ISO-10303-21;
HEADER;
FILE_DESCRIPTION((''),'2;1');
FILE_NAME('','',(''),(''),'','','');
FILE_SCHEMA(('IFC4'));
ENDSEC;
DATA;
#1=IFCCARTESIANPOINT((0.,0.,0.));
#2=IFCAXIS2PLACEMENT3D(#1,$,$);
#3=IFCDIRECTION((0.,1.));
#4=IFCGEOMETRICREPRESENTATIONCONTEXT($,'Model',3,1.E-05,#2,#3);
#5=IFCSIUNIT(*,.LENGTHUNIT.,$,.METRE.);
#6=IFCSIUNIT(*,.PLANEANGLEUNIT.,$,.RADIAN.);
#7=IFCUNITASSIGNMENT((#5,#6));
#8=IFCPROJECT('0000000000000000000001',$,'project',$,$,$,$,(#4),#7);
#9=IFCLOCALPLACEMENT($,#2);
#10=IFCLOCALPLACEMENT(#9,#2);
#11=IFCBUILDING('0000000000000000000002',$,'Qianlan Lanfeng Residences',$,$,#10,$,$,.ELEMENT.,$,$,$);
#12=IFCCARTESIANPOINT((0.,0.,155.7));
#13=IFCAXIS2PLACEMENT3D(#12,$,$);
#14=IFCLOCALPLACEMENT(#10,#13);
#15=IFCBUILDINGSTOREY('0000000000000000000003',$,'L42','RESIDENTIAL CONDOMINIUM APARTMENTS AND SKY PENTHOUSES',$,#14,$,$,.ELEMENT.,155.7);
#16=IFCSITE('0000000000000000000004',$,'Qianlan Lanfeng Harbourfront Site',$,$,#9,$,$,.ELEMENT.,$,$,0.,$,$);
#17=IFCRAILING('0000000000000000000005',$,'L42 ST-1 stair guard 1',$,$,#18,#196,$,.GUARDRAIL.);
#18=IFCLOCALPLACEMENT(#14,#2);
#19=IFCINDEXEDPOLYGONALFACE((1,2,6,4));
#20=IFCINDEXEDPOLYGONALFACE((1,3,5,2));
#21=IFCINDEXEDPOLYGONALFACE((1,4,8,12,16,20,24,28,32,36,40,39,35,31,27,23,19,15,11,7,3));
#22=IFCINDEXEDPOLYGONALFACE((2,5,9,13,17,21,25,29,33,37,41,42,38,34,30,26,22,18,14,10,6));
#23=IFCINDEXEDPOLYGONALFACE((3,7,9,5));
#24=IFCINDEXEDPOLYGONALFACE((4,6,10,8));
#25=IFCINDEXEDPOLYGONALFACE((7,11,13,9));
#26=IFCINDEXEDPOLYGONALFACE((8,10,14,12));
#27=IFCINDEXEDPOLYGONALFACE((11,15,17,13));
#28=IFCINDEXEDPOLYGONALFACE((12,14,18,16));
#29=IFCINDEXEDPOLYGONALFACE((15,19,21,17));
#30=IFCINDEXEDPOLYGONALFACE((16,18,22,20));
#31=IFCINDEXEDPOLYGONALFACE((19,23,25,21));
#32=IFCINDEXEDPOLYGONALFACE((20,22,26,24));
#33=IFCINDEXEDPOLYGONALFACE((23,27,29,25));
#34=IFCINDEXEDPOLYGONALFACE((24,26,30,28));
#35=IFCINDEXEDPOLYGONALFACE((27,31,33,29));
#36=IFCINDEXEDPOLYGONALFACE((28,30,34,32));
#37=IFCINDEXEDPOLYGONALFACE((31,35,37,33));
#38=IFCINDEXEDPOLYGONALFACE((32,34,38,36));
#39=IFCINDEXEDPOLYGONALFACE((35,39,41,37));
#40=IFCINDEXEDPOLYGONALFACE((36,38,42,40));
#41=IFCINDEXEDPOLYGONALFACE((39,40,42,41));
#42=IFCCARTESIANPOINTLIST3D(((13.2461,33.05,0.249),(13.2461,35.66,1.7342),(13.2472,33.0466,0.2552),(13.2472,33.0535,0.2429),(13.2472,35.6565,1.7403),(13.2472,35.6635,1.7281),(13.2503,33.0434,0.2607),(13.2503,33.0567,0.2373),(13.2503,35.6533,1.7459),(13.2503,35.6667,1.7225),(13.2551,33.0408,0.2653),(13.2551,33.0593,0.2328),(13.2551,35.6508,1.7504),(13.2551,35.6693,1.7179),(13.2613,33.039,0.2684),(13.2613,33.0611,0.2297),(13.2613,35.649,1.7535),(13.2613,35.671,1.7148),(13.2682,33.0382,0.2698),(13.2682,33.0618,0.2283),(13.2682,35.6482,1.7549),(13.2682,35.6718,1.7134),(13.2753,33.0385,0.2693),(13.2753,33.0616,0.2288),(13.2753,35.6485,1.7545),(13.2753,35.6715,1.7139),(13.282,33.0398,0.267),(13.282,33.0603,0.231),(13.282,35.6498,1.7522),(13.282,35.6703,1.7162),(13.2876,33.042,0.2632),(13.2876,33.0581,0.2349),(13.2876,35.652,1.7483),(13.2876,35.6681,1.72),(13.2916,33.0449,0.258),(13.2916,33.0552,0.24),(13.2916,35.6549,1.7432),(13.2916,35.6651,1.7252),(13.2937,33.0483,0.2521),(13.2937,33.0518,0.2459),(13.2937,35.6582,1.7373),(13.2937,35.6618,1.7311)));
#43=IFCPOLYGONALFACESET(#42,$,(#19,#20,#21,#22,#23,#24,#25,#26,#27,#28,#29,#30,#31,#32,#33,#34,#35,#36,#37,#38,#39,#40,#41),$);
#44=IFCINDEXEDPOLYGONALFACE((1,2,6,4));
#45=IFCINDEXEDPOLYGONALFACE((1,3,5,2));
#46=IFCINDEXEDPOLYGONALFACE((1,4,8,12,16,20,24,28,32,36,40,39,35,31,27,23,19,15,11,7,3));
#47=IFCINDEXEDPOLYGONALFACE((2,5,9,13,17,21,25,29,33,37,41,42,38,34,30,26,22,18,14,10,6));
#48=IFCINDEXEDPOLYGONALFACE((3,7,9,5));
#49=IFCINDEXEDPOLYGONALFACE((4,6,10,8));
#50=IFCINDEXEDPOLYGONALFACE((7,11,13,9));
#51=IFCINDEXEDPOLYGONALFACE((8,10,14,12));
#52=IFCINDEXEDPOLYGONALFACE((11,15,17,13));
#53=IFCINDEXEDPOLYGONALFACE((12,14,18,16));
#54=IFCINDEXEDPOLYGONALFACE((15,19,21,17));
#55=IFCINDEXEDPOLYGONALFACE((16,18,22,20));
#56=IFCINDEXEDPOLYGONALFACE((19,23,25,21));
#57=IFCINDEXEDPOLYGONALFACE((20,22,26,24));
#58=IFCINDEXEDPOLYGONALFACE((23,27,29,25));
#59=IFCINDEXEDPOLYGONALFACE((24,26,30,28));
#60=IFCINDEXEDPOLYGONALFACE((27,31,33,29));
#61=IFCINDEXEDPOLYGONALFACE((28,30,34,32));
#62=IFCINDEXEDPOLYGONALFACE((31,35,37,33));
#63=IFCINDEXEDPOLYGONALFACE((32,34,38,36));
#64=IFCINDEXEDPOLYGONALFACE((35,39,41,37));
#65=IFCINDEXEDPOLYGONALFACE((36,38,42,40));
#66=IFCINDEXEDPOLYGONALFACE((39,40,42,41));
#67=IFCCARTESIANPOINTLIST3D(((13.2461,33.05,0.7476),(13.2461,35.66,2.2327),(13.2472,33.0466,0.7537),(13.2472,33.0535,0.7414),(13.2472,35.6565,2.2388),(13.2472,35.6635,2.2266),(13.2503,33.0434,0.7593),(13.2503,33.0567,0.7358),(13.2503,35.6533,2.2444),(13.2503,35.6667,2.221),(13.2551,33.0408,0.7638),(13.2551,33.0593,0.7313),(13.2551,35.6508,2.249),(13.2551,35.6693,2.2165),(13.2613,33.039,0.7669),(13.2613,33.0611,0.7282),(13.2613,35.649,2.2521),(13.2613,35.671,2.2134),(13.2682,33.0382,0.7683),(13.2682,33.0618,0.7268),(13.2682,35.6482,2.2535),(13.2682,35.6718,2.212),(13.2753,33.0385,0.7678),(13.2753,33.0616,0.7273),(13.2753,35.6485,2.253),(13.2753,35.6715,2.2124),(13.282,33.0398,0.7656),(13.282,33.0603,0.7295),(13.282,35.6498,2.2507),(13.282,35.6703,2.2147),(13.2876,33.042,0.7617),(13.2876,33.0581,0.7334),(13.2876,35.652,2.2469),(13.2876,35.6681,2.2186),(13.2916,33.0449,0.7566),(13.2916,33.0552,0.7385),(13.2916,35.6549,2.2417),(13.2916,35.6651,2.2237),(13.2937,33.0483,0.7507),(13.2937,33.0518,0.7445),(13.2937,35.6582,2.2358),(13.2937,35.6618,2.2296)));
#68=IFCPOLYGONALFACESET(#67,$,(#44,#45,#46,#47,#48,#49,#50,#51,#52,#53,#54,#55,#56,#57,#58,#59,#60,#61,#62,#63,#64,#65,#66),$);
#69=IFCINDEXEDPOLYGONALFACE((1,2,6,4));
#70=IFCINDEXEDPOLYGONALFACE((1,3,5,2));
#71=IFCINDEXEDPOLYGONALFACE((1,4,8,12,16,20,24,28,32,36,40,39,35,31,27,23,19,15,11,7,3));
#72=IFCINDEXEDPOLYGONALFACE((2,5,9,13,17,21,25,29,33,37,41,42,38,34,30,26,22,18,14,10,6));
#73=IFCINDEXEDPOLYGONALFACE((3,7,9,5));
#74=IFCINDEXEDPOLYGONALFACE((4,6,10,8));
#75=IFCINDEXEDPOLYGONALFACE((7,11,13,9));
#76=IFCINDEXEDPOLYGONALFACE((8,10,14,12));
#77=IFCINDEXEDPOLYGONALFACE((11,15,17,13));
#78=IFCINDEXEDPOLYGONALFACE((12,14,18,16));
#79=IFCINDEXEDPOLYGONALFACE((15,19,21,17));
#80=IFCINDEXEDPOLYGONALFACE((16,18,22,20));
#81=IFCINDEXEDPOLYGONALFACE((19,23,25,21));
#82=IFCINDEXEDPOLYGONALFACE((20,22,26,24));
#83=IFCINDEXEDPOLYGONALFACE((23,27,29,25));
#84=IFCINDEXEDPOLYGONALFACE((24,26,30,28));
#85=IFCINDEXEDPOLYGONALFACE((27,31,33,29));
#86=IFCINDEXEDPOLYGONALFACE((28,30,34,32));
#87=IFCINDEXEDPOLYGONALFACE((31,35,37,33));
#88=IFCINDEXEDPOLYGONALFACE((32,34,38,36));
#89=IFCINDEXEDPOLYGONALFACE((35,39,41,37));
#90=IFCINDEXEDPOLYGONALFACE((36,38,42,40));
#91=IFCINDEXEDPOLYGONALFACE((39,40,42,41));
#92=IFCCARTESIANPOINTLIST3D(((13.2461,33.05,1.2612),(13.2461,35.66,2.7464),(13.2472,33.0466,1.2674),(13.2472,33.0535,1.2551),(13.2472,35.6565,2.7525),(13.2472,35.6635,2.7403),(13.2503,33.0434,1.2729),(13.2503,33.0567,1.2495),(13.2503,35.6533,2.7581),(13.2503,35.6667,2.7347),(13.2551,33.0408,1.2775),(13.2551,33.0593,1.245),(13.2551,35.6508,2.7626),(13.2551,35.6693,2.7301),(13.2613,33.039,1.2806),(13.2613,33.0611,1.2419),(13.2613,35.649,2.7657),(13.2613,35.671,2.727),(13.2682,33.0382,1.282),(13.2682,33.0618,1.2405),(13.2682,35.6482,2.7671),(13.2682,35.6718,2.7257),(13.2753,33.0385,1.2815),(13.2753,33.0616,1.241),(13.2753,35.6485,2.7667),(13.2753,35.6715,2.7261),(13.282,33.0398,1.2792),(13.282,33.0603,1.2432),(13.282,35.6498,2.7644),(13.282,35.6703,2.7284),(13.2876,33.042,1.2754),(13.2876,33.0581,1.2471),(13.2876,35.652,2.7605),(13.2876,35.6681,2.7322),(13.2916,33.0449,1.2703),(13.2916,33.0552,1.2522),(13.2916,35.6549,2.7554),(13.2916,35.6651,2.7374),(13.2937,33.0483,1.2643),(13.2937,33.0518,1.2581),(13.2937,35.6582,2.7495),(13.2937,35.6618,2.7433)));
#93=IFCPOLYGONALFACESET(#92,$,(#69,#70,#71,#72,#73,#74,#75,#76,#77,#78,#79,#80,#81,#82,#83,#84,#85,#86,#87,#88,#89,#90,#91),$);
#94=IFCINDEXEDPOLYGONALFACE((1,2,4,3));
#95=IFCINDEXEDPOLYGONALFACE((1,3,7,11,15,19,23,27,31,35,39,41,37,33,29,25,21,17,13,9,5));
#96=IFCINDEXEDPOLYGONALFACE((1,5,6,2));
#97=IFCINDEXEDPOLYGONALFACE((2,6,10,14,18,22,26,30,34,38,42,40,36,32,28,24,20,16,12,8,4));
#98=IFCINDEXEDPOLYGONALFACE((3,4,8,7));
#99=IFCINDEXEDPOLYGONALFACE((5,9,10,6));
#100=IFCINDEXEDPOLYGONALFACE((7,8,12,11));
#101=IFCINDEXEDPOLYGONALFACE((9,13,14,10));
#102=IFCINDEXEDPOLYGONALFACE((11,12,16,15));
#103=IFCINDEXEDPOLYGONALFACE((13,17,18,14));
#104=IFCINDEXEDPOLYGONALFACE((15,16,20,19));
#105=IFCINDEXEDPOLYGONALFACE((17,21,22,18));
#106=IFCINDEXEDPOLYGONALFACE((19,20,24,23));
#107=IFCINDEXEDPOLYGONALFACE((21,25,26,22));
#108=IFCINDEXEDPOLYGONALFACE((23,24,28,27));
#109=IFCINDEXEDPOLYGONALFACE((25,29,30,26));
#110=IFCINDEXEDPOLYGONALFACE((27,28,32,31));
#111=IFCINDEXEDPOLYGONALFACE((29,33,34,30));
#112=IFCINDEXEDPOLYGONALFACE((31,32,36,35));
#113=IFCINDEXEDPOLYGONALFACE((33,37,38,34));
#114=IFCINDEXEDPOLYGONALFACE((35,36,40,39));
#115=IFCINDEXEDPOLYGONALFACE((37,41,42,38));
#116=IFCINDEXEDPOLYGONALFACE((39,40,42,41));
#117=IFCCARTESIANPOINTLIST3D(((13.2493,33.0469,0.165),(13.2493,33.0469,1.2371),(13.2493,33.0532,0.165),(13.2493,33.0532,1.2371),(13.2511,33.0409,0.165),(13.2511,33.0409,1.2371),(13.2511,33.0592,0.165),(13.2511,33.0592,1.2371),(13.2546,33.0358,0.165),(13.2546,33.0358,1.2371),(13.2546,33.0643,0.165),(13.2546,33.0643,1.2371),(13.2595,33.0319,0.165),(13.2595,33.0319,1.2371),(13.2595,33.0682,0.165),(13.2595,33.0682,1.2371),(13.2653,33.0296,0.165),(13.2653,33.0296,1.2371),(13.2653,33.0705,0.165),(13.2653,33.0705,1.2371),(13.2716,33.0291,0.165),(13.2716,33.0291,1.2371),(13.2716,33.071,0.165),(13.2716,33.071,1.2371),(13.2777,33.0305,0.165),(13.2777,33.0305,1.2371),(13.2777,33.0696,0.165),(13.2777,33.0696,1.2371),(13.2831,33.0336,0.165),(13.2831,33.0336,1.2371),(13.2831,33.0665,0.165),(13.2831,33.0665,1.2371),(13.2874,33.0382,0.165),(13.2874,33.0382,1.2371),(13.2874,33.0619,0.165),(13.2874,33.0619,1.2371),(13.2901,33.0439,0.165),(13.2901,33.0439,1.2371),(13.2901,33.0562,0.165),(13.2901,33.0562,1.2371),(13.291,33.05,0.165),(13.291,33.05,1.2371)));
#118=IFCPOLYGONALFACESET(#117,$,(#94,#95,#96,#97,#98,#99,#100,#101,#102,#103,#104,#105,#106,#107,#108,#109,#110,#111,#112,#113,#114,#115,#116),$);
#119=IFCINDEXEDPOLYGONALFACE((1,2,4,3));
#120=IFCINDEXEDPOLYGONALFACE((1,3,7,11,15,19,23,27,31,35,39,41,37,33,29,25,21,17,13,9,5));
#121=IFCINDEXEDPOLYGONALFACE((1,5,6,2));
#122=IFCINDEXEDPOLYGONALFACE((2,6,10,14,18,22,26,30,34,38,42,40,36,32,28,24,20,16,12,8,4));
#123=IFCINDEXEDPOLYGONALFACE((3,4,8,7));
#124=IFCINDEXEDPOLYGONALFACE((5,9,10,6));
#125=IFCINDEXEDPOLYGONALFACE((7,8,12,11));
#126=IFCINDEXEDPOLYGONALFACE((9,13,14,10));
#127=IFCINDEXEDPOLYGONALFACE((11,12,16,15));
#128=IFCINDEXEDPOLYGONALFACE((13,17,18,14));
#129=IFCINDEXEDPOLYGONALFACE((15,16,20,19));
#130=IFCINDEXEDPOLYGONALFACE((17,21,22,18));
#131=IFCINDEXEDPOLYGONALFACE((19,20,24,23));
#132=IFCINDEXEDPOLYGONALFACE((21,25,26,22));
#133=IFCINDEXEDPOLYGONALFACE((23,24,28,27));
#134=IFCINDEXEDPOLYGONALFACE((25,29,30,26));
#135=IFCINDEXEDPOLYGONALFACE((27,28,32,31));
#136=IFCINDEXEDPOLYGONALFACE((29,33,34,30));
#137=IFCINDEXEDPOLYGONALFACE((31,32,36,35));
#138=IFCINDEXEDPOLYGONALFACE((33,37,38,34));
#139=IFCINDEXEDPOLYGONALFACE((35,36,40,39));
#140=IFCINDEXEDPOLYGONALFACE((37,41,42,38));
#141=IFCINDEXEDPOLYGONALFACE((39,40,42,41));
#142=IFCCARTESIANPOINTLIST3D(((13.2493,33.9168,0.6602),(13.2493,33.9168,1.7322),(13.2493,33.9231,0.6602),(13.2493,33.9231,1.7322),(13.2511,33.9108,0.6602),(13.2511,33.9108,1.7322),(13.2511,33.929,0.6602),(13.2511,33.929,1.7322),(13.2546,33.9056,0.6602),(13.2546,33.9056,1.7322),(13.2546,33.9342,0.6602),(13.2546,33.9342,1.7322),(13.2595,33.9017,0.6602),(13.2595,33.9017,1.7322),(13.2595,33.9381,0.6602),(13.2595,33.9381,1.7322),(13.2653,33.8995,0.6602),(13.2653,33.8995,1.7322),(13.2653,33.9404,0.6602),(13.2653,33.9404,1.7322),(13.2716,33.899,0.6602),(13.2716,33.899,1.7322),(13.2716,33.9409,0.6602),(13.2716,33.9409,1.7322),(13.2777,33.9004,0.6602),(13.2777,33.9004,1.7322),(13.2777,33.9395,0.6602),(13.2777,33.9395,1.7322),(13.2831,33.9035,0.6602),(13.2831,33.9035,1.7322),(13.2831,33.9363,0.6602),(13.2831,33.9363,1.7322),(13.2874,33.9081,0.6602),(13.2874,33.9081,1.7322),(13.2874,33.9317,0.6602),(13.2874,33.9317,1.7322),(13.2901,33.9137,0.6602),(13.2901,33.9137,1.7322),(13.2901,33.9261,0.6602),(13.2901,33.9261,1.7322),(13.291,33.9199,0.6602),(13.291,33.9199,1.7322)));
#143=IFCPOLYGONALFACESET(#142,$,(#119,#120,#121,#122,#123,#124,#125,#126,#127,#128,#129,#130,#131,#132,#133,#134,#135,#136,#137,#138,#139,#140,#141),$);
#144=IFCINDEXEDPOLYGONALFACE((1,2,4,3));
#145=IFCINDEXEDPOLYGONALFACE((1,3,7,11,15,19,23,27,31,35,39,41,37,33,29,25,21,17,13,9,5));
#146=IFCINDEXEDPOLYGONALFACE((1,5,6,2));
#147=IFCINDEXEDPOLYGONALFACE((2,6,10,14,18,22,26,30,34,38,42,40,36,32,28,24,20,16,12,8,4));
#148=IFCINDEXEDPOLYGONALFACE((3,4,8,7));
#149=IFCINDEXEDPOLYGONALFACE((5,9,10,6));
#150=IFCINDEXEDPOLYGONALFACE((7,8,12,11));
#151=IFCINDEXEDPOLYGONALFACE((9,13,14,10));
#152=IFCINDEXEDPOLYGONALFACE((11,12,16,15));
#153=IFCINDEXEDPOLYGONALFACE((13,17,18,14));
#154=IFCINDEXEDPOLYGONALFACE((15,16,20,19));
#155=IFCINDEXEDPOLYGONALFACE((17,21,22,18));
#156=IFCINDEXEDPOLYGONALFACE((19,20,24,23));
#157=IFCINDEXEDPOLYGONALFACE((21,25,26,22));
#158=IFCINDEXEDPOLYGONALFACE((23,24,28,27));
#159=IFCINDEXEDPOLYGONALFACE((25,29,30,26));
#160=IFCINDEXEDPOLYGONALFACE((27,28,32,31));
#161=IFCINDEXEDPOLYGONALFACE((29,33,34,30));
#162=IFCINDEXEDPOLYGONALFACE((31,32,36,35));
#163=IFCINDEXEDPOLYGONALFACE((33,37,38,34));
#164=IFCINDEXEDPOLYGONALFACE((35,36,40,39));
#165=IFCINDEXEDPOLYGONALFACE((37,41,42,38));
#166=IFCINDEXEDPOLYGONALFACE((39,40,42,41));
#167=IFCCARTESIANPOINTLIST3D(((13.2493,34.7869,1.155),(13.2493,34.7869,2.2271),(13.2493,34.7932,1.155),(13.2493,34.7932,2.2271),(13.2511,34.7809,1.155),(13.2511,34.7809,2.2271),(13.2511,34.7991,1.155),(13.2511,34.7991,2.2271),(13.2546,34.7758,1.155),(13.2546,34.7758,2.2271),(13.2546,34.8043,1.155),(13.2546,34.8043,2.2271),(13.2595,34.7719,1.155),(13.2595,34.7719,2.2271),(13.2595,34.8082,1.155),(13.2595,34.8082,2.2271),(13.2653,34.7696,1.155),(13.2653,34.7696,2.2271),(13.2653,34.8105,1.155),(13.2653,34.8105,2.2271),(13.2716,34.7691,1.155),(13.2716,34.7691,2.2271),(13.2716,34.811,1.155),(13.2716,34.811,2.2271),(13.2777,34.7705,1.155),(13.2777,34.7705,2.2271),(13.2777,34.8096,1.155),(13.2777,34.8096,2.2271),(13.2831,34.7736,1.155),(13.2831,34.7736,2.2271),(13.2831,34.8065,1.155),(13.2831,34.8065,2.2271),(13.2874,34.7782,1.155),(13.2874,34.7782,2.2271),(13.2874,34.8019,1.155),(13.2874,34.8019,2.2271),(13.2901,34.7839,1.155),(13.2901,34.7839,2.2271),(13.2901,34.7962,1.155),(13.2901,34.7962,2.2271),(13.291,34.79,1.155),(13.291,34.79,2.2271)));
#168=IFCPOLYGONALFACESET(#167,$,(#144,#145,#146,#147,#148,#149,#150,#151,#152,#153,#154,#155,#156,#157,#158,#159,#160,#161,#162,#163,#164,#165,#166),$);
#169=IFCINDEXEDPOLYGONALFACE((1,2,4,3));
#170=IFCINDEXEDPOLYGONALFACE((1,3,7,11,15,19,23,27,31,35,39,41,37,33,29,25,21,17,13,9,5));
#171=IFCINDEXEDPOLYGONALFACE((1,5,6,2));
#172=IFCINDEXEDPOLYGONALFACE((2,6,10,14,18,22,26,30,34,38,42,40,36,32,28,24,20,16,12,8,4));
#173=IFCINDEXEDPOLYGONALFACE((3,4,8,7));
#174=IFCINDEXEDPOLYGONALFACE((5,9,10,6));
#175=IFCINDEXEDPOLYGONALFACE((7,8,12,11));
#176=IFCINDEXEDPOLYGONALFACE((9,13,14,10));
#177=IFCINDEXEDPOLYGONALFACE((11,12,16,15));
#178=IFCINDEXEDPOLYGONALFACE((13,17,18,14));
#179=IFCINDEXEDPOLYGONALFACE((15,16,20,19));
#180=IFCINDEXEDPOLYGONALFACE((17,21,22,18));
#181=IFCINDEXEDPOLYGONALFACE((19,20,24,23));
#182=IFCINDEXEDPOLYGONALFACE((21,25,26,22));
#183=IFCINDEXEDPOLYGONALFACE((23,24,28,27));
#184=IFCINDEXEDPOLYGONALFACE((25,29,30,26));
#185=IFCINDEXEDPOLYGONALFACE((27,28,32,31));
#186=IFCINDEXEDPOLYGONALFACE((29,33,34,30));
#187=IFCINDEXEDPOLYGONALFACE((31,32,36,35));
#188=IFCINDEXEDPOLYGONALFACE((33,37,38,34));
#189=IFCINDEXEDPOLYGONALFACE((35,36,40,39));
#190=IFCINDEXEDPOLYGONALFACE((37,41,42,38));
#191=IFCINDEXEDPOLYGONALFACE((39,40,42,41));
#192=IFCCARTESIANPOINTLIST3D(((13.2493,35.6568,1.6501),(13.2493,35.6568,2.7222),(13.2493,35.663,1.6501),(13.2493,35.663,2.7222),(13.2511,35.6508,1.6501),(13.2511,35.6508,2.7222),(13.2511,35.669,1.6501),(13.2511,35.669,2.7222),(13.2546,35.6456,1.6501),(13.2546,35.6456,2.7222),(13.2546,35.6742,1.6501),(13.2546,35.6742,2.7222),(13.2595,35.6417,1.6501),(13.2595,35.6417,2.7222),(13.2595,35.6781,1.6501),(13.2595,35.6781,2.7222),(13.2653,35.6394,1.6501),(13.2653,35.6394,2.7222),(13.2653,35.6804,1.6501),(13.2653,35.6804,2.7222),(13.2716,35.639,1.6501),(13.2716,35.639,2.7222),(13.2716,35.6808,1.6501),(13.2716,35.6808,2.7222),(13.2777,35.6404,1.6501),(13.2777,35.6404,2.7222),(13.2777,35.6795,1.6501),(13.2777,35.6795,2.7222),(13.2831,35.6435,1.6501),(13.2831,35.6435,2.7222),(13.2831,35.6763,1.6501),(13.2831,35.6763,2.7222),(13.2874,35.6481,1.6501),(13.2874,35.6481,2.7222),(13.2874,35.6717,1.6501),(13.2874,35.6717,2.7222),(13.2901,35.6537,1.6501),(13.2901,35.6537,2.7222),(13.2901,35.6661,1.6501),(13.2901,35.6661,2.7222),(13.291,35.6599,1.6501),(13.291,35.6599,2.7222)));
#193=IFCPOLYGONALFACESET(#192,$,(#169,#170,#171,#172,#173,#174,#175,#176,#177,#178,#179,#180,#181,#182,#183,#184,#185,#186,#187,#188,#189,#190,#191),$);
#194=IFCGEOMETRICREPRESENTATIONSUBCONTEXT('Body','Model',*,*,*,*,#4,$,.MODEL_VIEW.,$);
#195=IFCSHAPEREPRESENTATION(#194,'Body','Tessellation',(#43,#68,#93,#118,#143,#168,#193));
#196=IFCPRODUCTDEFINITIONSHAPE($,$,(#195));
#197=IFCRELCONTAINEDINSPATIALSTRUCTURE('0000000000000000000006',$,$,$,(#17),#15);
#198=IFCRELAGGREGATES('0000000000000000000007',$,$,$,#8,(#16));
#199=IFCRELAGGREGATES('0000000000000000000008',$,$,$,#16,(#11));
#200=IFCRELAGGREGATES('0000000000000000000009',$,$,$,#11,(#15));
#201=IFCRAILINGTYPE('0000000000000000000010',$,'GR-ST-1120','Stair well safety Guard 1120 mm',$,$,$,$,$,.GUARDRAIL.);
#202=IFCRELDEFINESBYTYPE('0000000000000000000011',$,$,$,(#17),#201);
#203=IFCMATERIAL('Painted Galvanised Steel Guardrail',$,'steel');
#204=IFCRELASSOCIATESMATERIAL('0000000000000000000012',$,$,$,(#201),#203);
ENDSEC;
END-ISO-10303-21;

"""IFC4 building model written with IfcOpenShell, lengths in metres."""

from ifc_helpers import new_model, si_unit, direction, frame, origin, origin_2d, place, context, subcontext, project, spatial, circle, extrude, material, type_object, element, save


model = new_model("IFC4")

# Units and contexts
model_context = context("Model", 3, precision=1e-05, world=origin(), true_north=direction((0.0, 1.0)))
body_context = subcontext(model_context, "Body", "Model", "MODEL_VIEW")
ifc_project = project(units=[si_unit("LENGTHUNIT", "METRE"), si_unit("PLANEANGLEUNIT", "RADIAN")], contexts=[model_context])

# Site, building, storey
site_placement = place(None, origin())
site = spatial("IfcSite", under=ifc_project, at=site_placement, Name="Qianlan Lanfeng Harbourfront Site", CompositionType="ELEMENT", RefElevation=0.0)
building_placement = place(site_placement, origin())
building = spatial("IfcBuilding", under=site, at=building_placement, Name="Qianlan Lanfeng Residences", CompositionType="ELEMENT")
storey_placement = place(building_placement, frame((0.0, 0.0, 155.7)))
storey = spatial("IfcBuildingStorey", under=building, at=storey_placement, Name="L42", Description="RESIDENTIAL CONDOMINIUM APARTMENTS AND SKY PENTHOUSES", CompositionType="ELEMENT", Elevation=155.7)

# Railing
ifc_material_1 = material(Name="Painted Galvanised Steel Guardrail", Category="steel")
railing_type_1 = type_object("IfcRailingType", Name="GR-ST-1120", Description="Stair well safety Guard 1120 mm", PredefinedType="GUARDRAIL", material=ifc_material_1)
railing_1_placement = place(storey_placement, frame((13.27, 33.05, 0.165)))
element("IfcRailing", 1, at=railing_1_placement, inside=storey, type_object=railing_type_1, Name="L42 ST-1 stair guard 1", PredefinedType="GUARDRAIL", context=body_context, shape_type="SweptSolid", body=[
    extrude(circle(Radius=0.0239, at=origin_2d()), frame((0.0, 0.0, 0.084), z_axis=(0.0, 0.869137, 0.494571), x_axis=(-1.0, 0.0, 0.0)), (0.0, 0.0, 1.0), 3.0029),
    extrude(circle(Radius=0.0239, at=origin_2d()), frame((0.0, 0.0, 0.5825), z_axis=(0.0, 0.869137, 0.494571), x_axis=(-1.0, 0.0, 0.0)), (0.0, 0.0, 1.0), 3.0029),
    extrude(circle(Radius=0.0239, at=origin_2d()), frame((0.0, 0.0, 1.0962), z_axis=(0.0, 0.869137, 0.494571), x_axis=(-1.0, 0.0, 0.0)), (0.0, 0.0, 1.0), 3.0029),
    extrude(circle(Radius=0.021, at=origin_2d()), origin(), (0.0, 0.0, 1.0), 1.072),
    extrude(circle(Radius=0.021, at=origin_2d()), frame((0.0, 0.8699, 0.4951)), (0.0, 0.0, 1.0), 1.072),
    extrude(circle(Radius=0.021, at=origin_2d()), frame((0.0, 1.74, 0.99)), (0.0, 0.0, 1.0), 1.072),
    extrude(circle(Radius=0.021, at=origin_2d()), frame((0.0, 2.6099, 1.4851)), (0.0, 0.0, 1.0), 1.072),
])

save(model, "model.ifc")
